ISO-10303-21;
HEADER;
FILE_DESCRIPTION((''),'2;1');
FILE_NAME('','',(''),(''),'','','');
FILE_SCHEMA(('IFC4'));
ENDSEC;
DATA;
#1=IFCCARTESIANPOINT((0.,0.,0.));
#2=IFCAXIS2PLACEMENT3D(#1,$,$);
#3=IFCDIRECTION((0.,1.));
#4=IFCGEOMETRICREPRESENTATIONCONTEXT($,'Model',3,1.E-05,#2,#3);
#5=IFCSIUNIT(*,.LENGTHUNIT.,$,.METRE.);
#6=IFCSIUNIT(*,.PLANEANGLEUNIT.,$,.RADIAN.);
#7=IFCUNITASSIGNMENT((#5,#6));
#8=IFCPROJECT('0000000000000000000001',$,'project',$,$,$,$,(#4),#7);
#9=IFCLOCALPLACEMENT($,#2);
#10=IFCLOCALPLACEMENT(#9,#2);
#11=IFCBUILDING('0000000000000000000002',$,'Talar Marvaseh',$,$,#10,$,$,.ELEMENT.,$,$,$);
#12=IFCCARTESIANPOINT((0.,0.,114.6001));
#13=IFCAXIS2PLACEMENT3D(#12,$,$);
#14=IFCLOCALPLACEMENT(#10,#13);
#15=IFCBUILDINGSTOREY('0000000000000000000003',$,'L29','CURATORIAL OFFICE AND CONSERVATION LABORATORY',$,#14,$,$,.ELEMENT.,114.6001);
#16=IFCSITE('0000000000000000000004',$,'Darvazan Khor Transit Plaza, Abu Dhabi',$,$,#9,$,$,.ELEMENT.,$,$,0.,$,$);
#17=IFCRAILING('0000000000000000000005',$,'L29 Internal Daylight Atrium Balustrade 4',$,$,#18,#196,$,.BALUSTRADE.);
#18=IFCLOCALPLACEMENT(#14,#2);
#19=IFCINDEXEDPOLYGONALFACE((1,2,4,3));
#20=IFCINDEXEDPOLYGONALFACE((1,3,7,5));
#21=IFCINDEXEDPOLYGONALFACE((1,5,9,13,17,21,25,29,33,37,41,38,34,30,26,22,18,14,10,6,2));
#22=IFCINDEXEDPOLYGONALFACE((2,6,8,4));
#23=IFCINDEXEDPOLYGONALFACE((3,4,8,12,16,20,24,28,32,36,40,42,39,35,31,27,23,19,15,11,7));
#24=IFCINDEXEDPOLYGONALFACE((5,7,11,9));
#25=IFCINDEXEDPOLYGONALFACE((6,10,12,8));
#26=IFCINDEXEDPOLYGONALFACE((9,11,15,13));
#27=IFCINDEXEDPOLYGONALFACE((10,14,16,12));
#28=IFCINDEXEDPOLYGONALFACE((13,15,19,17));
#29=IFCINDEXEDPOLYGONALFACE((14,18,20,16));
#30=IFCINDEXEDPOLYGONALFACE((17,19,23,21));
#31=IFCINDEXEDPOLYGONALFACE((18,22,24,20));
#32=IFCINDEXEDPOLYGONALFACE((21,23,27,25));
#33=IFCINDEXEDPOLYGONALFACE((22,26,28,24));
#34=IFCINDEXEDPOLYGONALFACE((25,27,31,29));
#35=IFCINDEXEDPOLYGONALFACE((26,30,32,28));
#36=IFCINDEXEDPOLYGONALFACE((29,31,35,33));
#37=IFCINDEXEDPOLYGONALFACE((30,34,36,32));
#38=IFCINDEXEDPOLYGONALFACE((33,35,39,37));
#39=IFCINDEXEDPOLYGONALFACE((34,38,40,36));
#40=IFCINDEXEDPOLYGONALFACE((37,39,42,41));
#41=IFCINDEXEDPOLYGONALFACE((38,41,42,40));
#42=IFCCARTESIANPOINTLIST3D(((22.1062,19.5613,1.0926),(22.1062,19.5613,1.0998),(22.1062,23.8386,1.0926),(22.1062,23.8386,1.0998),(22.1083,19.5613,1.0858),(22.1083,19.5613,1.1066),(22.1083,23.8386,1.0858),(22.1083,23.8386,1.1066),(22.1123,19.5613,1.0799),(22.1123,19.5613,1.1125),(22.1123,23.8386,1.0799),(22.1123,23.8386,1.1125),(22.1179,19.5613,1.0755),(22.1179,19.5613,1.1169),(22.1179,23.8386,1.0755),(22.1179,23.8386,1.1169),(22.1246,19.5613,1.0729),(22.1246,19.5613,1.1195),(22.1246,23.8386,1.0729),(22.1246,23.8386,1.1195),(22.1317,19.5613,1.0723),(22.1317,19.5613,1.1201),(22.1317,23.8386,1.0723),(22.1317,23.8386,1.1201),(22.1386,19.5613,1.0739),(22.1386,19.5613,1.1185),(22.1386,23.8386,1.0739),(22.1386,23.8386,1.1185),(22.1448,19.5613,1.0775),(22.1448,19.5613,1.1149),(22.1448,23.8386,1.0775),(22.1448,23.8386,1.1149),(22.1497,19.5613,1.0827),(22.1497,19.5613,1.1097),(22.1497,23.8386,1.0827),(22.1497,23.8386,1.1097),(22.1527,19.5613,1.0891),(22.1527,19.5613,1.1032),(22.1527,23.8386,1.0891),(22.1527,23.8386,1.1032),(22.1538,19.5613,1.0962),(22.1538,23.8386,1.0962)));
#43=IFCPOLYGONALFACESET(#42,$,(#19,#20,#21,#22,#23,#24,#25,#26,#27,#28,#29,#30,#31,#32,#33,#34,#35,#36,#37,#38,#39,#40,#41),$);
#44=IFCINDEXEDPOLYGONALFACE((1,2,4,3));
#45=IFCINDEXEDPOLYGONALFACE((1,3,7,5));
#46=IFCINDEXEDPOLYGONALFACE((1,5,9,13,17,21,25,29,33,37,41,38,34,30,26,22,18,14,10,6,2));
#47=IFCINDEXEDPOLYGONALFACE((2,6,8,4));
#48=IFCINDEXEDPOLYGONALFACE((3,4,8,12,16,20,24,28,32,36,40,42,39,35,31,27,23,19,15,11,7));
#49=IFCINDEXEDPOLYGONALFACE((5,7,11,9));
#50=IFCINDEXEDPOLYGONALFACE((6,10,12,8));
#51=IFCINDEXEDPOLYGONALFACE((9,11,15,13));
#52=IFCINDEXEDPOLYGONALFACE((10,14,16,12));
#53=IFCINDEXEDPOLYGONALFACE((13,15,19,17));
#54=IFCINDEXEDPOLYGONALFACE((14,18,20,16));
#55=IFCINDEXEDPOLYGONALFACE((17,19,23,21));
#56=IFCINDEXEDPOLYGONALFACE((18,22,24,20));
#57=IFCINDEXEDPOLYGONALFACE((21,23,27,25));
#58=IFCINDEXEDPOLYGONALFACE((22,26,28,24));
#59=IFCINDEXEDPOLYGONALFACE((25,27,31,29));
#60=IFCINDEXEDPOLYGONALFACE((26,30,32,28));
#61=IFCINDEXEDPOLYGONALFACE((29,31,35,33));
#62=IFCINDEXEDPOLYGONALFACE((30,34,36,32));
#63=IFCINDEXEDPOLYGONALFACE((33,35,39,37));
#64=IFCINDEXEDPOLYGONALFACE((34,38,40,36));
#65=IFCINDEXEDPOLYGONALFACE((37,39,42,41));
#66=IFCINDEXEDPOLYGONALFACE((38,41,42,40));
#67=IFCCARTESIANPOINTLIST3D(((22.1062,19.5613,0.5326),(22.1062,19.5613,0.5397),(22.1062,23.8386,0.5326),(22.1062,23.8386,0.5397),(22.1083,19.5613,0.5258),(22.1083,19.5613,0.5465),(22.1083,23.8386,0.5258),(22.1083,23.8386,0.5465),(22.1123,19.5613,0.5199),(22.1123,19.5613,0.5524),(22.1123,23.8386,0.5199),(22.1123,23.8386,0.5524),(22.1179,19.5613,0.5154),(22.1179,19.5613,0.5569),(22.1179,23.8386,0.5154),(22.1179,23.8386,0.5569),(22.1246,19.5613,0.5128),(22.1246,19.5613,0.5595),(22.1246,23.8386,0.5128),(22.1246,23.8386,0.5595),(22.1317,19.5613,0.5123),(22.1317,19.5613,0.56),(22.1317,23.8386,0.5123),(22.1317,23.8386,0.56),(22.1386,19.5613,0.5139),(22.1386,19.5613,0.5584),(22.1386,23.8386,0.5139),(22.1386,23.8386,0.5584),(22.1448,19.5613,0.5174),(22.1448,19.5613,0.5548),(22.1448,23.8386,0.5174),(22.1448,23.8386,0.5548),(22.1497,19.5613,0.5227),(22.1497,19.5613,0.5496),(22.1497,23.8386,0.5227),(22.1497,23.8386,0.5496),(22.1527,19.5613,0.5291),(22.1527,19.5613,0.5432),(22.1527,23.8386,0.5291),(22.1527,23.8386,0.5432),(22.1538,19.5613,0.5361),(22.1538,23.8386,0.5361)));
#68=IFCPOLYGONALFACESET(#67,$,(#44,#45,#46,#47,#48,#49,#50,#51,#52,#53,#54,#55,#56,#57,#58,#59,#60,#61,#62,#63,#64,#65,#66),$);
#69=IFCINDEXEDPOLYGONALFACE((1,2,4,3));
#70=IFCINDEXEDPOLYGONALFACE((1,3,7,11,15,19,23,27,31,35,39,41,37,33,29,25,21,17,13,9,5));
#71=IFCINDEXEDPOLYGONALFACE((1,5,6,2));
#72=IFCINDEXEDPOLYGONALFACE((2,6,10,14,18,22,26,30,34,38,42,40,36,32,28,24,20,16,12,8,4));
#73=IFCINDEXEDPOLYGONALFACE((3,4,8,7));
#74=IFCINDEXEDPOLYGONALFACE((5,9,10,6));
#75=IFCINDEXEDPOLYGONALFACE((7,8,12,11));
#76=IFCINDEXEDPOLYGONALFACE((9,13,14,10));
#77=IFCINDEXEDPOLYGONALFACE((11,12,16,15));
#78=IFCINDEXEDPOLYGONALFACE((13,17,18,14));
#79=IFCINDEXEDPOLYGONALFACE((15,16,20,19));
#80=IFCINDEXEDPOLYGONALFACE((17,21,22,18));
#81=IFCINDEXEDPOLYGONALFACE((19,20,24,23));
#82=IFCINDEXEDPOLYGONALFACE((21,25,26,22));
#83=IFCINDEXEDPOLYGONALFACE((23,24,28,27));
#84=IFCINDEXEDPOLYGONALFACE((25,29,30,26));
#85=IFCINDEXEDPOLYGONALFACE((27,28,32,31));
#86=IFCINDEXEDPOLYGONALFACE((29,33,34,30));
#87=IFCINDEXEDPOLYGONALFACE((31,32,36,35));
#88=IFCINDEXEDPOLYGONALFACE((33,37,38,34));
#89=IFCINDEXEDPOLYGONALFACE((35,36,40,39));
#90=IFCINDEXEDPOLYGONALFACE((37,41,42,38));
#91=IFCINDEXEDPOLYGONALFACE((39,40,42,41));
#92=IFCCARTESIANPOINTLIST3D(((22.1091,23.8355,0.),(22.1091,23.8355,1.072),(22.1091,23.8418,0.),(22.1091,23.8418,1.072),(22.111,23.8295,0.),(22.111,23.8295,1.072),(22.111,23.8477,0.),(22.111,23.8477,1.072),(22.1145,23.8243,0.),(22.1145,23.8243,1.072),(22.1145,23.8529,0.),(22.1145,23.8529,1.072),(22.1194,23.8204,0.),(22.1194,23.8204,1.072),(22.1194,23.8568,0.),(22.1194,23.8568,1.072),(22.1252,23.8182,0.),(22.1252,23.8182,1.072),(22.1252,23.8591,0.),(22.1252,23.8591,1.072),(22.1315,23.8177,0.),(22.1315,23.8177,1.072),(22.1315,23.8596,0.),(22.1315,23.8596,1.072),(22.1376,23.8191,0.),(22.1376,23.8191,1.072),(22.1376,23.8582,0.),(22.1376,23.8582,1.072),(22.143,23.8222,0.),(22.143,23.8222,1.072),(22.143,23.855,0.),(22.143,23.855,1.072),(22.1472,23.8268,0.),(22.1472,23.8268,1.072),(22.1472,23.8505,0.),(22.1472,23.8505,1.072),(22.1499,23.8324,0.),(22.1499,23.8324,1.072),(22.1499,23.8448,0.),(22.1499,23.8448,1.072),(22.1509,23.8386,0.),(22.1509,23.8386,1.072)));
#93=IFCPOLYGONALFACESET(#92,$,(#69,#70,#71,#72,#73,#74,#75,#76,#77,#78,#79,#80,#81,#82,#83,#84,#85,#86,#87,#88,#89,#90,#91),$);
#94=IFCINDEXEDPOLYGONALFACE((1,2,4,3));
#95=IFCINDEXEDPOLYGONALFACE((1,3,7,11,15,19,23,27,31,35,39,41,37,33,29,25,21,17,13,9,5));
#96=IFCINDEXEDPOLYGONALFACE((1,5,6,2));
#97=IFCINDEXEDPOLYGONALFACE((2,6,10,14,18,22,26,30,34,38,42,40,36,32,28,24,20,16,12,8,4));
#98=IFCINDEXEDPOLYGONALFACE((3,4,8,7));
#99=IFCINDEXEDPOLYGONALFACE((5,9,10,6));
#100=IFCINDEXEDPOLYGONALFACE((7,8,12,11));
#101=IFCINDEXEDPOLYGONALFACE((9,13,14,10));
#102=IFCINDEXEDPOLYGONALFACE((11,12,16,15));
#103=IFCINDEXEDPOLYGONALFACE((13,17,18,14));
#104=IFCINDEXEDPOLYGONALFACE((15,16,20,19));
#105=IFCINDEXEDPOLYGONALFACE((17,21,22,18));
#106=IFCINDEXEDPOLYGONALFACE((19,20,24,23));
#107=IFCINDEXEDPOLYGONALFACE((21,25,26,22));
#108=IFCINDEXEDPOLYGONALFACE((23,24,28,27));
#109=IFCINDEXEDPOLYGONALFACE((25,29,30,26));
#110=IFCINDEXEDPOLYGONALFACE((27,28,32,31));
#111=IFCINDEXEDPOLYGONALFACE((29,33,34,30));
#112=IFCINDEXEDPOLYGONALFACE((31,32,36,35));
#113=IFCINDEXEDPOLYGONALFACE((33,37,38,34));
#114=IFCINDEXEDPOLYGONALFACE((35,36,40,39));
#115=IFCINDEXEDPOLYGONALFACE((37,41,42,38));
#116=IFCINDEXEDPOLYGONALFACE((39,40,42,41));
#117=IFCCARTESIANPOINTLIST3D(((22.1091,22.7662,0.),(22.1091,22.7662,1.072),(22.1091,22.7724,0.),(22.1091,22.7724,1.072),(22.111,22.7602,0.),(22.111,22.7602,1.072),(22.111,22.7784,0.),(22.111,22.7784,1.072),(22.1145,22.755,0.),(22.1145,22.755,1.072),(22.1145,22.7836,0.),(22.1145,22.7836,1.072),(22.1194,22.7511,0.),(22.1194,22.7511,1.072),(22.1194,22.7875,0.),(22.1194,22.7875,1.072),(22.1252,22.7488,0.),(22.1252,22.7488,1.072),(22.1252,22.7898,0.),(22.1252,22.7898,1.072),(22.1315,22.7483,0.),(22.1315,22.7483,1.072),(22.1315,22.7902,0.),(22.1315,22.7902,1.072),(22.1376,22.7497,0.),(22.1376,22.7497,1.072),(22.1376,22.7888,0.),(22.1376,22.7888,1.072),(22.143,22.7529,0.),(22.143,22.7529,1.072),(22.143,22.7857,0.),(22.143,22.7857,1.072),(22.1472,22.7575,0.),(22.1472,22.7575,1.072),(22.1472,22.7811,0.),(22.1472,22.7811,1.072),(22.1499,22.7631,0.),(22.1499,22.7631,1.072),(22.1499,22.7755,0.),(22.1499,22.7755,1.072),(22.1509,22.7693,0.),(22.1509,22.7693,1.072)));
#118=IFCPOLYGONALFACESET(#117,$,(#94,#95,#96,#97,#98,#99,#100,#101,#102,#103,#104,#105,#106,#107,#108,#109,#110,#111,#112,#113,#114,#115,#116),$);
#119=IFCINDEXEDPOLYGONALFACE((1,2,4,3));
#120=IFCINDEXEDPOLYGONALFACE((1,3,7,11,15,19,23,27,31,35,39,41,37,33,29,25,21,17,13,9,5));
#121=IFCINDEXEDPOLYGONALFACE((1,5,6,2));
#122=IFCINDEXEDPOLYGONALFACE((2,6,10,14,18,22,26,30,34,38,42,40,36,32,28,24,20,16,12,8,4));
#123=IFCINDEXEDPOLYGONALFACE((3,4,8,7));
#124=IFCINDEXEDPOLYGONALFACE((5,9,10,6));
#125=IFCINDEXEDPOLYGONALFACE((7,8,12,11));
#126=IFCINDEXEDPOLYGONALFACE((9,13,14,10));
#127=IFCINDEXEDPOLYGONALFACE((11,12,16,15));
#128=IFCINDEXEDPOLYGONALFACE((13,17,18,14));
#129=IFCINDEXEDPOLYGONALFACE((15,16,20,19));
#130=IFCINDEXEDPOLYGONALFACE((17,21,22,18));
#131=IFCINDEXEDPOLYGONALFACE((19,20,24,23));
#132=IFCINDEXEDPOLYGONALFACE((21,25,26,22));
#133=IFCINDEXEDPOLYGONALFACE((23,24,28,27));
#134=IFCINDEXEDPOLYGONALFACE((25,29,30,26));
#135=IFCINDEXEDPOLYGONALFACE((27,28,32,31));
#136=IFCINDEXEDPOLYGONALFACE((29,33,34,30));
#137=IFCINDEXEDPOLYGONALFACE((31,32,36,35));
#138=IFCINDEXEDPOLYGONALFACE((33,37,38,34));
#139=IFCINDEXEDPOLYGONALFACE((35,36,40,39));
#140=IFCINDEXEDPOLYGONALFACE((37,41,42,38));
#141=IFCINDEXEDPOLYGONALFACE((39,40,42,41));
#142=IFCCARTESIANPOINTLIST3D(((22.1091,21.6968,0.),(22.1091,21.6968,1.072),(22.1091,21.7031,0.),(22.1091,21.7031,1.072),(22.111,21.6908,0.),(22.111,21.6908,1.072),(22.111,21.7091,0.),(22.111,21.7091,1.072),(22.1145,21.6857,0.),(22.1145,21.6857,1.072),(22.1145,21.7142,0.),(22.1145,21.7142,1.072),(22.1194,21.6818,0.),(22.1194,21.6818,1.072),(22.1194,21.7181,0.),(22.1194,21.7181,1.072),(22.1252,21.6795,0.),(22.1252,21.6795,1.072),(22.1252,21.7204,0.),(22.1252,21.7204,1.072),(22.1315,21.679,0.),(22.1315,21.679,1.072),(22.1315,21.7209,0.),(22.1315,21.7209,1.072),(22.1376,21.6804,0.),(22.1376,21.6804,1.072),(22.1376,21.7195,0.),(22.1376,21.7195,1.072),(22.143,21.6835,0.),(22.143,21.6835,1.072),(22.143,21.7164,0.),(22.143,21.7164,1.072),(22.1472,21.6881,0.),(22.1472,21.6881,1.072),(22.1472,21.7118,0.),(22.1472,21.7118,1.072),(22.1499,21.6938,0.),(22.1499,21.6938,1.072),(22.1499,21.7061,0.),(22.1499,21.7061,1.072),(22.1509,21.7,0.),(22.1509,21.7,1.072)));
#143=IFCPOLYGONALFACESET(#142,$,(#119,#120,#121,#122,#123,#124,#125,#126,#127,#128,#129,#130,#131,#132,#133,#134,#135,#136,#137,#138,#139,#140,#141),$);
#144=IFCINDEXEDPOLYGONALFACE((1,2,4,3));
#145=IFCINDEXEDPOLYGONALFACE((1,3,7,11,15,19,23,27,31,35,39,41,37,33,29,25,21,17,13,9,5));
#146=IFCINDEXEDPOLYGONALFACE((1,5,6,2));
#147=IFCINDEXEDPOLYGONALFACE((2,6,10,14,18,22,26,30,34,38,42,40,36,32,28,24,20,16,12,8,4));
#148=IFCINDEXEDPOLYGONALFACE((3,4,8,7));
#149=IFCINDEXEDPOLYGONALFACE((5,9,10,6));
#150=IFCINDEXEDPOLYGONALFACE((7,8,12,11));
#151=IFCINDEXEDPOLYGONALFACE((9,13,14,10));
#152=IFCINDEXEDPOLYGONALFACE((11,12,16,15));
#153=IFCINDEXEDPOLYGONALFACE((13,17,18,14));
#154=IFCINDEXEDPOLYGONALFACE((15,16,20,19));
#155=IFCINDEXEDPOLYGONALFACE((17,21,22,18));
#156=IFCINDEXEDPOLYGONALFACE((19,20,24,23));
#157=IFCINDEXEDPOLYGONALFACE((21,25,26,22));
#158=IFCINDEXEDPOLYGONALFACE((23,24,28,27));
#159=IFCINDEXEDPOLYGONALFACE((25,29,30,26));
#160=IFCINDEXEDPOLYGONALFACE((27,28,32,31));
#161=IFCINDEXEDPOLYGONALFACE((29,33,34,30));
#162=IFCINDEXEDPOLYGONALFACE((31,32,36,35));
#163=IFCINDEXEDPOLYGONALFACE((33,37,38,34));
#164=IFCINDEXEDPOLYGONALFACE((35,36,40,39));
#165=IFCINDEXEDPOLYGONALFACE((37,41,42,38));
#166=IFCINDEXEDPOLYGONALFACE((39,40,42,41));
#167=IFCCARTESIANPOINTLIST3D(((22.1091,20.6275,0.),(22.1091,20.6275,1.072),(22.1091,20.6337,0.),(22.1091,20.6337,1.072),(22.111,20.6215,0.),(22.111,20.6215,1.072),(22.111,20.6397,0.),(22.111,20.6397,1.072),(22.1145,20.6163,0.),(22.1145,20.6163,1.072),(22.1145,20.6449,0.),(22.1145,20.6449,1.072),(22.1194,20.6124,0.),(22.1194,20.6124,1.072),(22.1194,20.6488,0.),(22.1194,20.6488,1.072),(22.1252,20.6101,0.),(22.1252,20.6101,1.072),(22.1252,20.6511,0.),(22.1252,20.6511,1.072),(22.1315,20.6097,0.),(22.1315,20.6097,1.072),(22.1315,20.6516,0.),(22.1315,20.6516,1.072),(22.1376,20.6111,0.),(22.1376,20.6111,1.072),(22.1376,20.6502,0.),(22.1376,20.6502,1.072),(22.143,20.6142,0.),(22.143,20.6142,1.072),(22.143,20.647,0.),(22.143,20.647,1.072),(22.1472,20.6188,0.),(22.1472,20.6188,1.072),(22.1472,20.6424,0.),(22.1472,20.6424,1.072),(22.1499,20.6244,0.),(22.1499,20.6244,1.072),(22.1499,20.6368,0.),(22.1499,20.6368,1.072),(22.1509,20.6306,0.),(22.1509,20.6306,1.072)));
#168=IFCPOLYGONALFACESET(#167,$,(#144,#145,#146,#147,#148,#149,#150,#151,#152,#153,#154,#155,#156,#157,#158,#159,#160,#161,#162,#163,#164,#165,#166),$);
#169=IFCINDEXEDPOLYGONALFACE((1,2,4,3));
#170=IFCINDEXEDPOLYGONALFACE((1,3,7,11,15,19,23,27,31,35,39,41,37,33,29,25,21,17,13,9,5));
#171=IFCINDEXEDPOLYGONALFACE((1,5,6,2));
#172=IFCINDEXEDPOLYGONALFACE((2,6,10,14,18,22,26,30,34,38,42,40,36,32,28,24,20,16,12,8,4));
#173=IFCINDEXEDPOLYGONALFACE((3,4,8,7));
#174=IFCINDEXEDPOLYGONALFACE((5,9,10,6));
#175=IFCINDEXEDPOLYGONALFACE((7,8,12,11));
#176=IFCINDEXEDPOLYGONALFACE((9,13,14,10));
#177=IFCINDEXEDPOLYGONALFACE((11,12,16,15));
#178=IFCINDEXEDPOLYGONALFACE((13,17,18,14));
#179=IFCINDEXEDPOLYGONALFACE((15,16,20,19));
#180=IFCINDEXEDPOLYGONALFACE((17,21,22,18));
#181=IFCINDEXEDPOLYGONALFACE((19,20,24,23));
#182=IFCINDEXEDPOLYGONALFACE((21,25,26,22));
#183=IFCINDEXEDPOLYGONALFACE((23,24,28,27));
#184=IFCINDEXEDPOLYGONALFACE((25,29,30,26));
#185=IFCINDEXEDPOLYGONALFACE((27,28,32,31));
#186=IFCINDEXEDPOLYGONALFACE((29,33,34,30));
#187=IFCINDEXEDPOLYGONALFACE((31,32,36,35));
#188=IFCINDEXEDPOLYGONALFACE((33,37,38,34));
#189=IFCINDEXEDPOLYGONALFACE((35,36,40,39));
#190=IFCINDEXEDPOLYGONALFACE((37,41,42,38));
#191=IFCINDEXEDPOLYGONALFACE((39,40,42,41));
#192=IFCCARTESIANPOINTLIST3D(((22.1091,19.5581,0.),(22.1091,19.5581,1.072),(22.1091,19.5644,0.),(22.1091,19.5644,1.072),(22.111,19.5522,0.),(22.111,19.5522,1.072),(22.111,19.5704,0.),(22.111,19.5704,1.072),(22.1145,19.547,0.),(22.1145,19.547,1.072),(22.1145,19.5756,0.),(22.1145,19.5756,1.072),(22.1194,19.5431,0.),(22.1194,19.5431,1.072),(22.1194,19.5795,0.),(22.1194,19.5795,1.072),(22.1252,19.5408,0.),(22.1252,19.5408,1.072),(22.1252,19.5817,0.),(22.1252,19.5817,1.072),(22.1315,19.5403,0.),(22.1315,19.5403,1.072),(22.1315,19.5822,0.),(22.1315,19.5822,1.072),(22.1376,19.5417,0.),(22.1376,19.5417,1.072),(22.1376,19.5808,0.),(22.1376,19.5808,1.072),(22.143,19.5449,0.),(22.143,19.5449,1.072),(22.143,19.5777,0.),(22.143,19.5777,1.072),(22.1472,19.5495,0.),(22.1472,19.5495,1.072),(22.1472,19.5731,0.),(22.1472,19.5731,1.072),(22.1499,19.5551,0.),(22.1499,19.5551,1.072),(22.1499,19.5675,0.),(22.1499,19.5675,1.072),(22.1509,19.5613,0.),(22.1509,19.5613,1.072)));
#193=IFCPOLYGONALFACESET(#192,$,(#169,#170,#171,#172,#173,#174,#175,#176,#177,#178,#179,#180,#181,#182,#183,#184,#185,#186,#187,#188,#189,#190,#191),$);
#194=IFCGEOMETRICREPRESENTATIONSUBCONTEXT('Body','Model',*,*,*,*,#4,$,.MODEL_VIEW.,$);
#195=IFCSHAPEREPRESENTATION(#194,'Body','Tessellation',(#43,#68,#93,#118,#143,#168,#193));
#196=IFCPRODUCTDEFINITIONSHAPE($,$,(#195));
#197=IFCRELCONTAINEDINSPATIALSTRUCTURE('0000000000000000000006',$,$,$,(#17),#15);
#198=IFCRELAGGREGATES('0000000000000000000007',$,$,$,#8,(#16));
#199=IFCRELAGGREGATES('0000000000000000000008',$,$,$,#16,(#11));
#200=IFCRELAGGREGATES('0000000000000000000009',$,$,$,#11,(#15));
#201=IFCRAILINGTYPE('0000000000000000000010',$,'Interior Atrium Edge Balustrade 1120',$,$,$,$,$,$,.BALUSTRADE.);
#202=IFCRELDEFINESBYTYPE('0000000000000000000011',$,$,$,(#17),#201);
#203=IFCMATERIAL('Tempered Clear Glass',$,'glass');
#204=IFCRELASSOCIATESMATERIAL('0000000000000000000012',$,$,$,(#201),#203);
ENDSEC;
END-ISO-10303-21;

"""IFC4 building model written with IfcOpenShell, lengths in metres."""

from ifc_helpers import new_model, si_unit, direction, frame, origin, origin_2d, place, context, subcontext, project, spatial, circle, extrude, material, type_object, element, save


model = new_model("IFC4")

# Units and contexts
model_context = context("Model", 3, precision=1e-05, world=origin(), true_north=direction((0.0, 1.0)))
body_context = subcontext(model_context, "Body", "Model", "MODEL_VIEW")
ifc_project = project(units=[si_unit("LENGTHUNIT", "METRE"), si_unit("PLANEANGLEUNIT", "RADIAN")], contexts=[model_context])

# Site, building, storey
site_placement = place(None, origin())
site = spatial("IfcSite", under=ifc_project, at=site_placement, Name="Darvazan Khor Transit Plaza, Abu Dhabi", CompositionType="ELEMENT", RefElevation=0.0)
building_placement = place(site_placement, origin())
building = spatial("IfcBuilding", under=site, at=building_placement, Name="Talar Marvaseh", CompositionType="ELEMENT")
storey_placement = place(building_placement, frame((0.0, 0.0, 114.6001)))
storey = spatial("IfcBuildingStorey", under=building, at=storey_placement, Name="L29", Description="CURATORIAL OFFICE AND CONSERVATION LABORATORY", CompositionType="ELEMENT", Elevation=114.6001)

# Railing
ifc_material_1 = material(Name="Tempered Clear Glass", Category="glass")
railing_type_1 = type_object("IfcRailingType", Name="Interior Atrium Edge Balustrade 1120", PredefinedType="BALUSTRADE", material=ifc_material_1)
railing_1_placement = place(storey_placement, frame((22.1299, 23.8386, 0.0)))
element("IfcRailing", 1, at=railing_1_placement, inside=storey, type_object=railing_type_1, Name="L29 Internal Daylight Atrium Balustrade 4", PredefinedType="BALUSTRADE", context=body_context, shape_type="SweptSolid", body=[
    extrude(circle(Radius=0.0239, at=origin_2d()), frame((0.0, 0.0, 1.0962), z_axis=(0.0, -1.0, 0.0), x_axis=(1.0, 0.0, 0.0)), (0.0, 0.0, 1.0), 4.2773),
    extrude(circle(Radius=0.0239, at=origin_2d()), frame((0.0, 0.0, 0.5361), z_axis=(0.0, -1.0, 0.0), x_axis=(1.0, 0.0, 0.0)), (0.0, 0.0, 1.0), 4.2773),
    extrude(circle(Radius=0.021, at=origin_2d()), origin(), (0.0, 0.0, 1.0), 1.072),
    extrude(circle(Radius=0.021, at=origin_2d()), frame((0.0, -1.0693, 0.0)), (0.0, 0.0, 1.0), 1.072),
    extrude(circle(Radius=0.021, at=origin_2d()), frame((0.0, -2.1387, 0.0)), (0.0, 0.0, 1.0), 1.072),
    extrude(circle(Radius=0.021, at=origin_2d()), frame((0.0, -3.208, 0.0)), (0.0, 0.0, 1.0), 1.072),
    extrude(circle(Radius=0.021, at=origin_2d()), frame((0.0, -4.2773, 0.0)), (0.0, 0.0, 1.0), 1.072),
])

save(model, "model.ifc")
